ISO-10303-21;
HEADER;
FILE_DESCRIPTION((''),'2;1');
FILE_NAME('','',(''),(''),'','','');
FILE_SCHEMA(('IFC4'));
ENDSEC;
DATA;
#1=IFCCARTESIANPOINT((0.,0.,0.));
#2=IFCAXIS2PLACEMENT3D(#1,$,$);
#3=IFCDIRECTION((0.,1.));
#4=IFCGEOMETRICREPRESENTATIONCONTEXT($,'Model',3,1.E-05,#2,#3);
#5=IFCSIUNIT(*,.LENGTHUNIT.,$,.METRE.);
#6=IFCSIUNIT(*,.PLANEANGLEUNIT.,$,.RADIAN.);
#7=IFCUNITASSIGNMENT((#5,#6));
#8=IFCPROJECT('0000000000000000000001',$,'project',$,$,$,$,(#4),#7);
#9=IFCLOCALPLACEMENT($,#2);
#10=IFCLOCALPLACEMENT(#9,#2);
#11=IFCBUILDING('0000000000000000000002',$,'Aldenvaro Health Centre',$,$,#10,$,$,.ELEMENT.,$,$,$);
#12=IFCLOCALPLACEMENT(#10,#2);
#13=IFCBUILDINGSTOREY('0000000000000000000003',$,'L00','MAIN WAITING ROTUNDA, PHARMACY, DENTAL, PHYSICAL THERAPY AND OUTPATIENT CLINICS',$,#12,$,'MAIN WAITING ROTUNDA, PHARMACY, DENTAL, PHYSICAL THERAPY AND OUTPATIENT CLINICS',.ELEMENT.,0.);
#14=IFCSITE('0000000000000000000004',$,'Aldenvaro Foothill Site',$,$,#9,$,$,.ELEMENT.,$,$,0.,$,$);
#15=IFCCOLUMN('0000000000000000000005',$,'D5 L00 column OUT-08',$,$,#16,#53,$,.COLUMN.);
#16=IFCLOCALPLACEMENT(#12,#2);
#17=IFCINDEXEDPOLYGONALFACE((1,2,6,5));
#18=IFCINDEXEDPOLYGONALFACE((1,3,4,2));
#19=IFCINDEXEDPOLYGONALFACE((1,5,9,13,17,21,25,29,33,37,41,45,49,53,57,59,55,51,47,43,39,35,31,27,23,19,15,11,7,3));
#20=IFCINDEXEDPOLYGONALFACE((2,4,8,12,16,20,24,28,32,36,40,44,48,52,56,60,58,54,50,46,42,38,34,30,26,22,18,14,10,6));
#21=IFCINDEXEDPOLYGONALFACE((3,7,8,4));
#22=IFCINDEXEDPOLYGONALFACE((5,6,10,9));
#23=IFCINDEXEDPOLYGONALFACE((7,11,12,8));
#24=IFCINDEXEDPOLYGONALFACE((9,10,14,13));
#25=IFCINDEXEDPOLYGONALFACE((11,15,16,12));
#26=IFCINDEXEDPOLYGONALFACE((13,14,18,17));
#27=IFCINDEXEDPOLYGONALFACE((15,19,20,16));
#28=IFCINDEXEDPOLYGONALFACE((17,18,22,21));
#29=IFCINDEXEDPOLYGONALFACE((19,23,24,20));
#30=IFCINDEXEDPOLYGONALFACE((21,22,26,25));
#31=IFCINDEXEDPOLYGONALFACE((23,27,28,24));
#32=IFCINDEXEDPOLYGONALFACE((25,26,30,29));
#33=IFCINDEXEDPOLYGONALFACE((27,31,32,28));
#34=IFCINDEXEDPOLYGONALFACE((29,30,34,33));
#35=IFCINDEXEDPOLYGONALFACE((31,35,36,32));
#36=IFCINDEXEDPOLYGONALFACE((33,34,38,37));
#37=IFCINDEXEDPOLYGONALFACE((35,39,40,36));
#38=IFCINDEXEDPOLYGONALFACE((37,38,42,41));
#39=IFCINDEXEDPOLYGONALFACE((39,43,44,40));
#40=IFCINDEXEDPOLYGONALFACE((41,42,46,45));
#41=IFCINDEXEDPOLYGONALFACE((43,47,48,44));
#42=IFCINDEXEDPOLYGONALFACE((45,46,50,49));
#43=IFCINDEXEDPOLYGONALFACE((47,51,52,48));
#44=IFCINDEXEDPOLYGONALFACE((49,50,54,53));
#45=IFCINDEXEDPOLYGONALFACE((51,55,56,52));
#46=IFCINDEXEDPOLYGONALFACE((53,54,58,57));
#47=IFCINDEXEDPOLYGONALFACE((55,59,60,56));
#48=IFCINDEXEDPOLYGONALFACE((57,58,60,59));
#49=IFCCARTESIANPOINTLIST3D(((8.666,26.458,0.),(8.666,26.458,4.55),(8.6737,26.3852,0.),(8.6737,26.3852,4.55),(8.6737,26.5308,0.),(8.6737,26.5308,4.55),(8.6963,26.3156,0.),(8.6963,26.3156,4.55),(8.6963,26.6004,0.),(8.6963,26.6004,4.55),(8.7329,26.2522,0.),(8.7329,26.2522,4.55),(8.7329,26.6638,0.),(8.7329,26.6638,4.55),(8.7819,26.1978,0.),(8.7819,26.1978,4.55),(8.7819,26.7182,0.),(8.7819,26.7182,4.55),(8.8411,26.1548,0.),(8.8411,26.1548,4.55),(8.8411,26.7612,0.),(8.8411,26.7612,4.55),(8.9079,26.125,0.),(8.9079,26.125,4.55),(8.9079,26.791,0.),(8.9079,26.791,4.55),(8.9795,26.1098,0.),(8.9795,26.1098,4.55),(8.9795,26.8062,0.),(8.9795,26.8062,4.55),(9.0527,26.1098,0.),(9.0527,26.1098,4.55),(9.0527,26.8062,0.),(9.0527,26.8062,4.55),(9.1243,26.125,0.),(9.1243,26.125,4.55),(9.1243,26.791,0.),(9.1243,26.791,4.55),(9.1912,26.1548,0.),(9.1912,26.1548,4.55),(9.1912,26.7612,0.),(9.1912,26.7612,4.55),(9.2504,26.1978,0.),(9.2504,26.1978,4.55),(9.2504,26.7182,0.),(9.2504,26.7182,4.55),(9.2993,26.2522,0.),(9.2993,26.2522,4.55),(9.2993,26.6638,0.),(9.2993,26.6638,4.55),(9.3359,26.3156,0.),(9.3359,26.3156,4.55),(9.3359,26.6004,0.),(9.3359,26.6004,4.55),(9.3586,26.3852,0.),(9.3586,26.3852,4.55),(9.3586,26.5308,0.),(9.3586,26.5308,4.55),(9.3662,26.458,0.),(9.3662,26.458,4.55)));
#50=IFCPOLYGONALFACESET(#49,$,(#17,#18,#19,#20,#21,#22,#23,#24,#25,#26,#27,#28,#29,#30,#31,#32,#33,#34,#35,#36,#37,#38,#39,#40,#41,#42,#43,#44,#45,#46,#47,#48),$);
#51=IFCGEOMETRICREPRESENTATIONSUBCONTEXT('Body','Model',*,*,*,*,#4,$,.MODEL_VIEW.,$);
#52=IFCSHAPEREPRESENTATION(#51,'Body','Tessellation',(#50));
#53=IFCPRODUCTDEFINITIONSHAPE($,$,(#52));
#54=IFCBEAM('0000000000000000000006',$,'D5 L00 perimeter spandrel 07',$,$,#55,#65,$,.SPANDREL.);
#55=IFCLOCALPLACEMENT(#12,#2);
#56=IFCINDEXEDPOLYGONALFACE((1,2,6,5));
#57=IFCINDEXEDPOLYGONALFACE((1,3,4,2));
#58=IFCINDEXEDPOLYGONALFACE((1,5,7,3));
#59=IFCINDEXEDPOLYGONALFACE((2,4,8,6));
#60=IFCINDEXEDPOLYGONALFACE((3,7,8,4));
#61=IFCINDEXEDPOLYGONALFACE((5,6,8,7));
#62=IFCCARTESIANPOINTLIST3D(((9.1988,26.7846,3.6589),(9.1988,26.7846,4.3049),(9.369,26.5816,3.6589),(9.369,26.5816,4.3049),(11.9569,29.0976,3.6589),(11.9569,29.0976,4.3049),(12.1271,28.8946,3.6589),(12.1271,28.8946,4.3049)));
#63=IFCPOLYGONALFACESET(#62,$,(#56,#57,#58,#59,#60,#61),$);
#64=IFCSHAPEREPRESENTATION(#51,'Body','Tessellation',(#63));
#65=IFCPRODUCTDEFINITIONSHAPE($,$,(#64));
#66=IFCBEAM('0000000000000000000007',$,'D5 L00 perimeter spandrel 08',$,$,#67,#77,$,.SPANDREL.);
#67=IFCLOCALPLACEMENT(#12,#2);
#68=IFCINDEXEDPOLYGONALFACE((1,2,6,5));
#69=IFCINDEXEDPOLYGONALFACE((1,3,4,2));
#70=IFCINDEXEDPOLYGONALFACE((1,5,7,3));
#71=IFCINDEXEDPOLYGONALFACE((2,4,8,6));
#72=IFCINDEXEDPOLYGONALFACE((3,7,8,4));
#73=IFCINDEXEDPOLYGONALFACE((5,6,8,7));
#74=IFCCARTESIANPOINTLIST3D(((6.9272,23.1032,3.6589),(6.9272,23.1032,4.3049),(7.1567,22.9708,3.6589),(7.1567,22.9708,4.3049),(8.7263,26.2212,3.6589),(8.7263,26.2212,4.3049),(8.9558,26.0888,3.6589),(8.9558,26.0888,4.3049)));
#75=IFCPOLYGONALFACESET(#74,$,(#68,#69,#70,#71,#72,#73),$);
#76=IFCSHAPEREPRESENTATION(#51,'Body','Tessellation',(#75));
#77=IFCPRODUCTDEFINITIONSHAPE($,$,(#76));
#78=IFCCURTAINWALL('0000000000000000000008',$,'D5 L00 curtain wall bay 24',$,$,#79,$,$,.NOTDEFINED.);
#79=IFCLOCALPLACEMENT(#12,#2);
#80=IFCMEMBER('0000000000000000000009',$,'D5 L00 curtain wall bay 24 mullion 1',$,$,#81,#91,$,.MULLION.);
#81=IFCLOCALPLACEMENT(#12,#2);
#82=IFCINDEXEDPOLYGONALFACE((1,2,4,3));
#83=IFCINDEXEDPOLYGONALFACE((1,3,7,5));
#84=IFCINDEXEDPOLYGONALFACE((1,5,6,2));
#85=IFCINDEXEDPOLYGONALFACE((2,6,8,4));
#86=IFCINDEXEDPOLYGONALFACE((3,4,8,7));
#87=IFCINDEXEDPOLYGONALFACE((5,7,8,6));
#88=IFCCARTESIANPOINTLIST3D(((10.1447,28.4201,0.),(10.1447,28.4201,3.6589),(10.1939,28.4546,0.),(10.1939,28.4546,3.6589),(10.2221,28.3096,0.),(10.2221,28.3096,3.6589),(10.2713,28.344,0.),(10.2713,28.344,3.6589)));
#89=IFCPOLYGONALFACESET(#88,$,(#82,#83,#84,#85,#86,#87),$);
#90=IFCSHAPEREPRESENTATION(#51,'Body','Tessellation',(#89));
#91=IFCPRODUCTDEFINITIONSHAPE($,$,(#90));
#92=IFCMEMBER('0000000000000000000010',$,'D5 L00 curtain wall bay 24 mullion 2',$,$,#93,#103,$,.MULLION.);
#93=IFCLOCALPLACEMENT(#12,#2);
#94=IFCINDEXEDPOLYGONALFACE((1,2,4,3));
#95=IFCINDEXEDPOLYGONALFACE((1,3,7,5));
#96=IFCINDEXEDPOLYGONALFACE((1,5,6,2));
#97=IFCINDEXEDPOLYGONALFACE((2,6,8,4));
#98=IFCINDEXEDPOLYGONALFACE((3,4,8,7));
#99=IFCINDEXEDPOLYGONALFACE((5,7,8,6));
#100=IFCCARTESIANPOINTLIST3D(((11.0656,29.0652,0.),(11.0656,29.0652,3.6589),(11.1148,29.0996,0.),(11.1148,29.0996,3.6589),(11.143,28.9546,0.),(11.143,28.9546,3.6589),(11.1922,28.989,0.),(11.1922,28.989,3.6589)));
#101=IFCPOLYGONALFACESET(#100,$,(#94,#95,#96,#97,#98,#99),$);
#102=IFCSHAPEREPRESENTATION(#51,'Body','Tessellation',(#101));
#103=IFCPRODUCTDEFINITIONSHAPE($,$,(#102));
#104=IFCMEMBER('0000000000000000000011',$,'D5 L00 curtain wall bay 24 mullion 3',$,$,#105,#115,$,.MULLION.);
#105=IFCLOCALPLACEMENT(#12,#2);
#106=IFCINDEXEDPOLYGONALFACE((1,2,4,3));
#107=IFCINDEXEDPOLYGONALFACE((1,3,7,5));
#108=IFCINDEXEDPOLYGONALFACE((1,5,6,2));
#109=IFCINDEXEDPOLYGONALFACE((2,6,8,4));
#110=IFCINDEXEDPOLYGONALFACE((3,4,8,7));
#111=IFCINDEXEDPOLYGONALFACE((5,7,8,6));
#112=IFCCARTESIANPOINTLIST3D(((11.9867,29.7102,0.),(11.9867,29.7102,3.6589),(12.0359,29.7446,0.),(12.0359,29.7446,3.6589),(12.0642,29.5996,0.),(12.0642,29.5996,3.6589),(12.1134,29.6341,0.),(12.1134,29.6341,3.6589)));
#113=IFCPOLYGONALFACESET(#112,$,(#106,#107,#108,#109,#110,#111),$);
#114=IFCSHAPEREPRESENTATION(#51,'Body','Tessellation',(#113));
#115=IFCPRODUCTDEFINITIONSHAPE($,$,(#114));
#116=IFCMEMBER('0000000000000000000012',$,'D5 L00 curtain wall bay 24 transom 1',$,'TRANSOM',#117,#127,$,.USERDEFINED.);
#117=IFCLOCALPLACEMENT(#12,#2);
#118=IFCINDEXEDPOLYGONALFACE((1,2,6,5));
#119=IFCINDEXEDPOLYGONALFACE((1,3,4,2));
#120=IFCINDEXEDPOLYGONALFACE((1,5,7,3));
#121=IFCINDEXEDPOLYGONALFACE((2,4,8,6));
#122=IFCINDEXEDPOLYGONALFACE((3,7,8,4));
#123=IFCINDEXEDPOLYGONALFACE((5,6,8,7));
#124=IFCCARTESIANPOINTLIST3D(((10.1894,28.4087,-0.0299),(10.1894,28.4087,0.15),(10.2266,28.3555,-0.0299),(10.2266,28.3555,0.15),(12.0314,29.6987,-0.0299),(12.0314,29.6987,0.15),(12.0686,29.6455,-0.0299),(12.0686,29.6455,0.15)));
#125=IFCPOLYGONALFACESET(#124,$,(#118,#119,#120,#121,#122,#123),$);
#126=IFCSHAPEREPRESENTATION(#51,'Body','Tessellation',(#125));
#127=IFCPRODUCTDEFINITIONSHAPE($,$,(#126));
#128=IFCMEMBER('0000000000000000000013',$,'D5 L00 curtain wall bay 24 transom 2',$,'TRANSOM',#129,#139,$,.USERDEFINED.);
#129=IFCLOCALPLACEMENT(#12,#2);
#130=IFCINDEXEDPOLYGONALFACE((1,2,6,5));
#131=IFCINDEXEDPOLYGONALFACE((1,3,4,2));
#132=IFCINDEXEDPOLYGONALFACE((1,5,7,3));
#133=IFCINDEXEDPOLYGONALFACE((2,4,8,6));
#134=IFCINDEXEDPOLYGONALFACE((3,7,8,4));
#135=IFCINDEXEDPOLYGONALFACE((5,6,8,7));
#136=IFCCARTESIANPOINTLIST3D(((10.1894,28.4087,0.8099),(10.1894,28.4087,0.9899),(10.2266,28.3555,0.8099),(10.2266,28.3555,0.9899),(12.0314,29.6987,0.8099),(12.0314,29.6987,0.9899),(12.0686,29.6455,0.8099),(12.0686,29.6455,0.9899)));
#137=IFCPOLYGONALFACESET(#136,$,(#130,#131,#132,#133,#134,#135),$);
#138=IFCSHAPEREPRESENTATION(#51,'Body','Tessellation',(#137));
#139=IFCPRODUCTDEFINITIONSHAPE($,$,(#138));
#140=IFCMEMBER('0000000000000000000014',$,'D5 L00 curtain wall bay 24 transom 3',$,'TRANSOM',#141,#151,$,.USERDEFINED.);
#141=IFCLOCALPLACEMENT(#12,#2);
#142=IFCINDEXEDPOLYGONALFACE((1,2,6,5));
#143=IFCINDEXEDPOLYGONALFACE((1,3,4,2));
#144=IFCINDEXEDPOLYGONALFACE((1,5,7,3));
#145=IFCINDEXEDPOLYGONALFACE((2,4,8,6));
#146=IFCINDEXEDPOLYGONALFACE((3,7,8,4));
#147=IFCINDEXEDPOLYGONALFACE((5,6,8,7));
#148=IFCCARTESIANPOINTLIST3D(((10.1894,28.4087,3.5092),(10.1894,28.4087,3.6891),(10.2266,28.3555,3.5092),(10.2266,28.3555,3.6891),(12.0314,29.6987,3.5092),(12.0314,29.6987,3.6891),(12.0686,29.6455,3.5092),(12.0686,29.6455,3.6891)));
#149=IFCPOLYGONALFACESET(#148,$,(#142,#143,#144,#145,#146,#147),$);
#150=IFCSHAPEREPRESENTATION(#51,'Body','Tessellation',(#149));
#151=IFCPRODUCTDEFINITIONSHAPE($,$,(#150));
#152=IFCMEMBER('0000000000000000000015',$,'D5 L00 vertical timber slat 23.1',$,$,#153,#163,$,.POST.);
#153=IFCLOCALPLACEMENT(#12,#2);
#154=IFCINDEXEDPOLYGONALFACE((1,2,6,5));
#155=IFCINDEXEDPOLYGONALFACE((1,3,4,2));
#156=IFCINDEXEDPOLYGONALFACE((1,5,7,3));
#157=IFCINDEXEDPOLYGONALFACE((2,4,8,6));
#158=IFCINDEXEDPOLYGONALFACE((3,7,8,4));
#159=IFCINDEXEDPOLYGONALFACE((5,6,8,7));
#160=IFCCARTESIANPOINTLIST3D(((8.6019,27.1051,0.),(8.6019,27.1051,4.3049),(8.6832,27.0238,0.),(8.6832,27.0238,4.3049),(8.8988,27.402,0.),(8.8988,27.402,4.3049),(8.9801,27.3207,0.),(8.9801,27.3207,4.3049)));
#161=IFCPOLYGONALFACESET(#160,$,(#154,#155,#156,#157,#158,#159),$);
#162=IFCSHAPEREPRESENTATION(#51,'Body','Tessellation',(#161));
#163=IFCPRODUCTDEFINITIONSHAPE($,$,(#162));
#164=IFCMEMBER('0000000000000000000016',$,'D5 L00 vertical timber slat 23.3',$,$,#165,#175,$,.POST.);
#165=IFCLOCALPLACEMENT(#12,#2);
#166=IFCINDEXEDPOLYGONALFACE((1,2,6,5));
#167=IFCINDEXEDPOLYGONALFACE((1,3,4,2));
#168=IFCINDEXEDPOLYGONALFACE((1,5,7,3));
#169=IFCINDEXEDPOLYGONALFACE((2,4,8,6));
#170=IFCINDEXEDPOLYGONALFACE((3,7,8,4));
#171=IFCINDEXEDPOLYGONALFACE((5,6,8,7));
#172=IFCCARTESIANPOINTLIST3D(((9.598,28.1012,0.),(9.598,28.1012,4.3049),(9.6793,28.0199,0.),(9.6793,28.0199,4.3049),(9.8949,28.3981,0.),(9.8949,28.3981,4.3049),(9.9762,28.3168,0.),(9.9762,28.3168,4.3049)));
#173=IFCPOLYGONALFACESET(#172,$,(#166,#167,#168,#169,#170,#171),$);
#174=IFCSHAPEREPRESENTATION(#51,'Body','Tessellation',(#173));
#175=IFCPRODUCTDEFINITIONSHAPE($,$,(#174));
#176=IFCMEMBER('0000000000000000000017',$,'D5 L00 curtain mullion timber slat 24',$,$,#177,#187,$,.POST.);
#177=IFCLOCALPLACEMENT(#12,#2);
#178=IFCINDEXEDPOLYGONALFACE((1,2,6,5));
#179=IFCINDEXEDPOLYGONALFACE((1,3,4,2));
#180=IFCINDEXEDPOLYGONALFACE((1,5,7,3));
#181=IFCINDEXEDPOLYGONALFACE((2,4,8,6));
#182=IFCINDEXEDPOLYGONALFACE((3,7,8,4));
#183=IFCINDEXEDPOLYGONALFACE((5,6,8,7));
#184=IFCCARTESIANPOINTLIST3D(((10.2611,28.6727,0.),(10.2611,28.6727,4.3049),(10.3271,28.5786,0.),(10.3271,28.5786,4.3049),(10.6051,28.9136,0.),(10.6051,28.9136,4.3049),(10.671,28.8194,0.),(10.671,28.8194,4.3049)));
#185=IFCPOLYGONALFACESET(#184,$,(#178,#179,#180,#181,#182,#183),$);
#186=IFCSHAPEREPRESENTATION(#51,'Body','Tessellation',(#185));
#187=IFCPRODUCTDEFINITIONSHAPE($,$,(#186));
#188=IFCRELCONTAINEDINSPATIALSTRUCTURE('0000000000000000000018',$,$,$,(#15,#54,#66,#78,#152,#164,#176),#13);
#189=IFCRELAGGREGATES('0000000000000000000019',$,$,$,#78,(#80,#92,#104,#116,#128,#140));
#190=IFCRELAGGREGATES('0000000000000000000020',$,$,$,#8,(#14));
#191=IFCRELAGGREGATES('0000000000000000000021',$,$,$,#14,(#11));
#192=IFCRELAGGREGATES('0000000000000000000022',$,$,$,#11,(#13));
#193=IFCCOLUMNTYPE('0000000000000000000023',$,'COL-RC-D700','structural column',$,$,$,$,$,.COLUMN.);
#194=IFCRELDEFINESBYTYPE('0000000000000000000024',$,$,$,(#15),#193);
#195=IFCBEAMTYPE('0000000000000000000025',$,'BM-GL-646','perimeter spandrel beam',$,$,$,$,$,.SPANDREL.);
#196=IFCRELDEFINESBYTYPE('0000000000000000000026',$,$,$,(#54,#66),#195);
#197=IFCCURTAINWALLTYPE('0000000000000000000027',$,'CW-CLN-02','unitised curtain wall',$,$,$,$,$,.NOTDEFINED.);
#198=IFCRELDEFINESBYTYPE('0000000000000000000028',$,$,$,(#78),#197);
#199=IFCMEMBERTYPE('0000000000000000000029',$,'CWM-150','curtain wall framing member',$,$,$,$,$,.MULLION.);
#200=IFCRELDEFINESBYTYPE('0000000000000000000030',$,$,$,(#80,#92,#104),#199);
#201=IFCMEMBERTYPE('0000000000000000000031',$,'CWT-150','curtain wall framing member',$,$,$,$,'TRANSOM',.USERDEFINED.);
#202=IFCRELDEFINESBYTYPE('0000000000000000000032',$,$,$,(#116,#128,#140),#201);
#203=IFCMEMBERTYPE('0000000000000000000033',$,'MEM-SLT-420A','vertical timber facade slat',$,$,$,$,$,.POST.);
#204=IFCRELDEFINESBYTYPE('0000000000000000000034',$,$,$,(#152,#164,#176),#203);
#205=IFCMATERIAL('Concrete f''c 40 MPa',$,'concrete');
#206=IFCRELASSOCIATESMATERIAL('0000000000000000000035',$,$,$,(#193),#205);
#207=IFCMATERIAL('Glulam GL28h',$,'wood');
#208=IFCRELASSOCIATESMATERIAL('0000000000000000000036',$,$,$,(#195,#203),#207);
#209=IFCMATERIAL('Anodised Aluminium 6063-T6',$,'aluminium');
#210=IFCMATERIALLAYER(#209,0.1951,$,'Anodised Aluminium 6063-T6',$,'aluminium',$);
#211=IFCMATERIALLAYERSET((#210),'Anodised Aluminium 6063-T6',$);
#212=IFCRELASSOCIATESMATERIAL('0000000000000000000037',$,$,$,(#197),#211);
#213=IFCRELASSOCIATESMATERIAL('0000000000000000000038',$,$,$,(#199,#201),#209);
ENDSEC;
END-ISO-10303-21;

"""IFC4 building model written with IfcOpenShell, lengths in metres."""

from ifc_helpers import new_model, si_unit, direction, frame, origin, origin_2d, place, context, subcontext, project, spatial, rectangle, circle, extrude, material, layer, layer_set, material_profile, profile_set, type_object, element, aggregate, save


model = new_model("IFC4")

# Units and contexts
model_context = context("Model", 3, precision=1e-05, world=origin(), true_north=direction((0.0, 1.0)))
body_context = subcontext(model_context, "Body", "Model", "MODEL_VIEW")
ifc_project = project(units=[si_unit("LENGTHUNIT", "METRE"), si_unit("PLANEANGLEUNIT", "RADIAN")], contexts=[model_context])

# Site, building, storey
site_placement = place(None, origin())
site = spatial("IfcSite", under=ifc_project, at=site_placement, Name="Aldenvaro Foothill Site", CompositionType="ELEMENT", RefElevation=0.0)
building_placement = place(site_placement, origin())
building = spatial("IfcBuilding", under=site, at=building_placement, Name="Aldenvaro Health Centre", CompositionType="ELEMENT")
storey_placement = place(building_placement, origin())
storey = spatial("IfcBuildingStorey", under=building, at=storey_placement, Name="L00", Description="MAIN WAITING ROTUNDA, PHARMACY, DENTAL, PHYSICAL THERAPY AND OUTPATIENT CLINICS", LongName="MAIN WAITING ROTUNDA, PHARMACY, DENTAL, PHYSICAL THERAPY AND OUTPATIENT CLINICS", CompositionType="ELEMENT", Elevation=0.0)

# Column
ifc_material_1 = material(Name="Concrete f'c 40 MPa", Category="concrete")
ifc_material_profile_1 = material_profile(ifc_material_1, circle(Radius=0.3501, at=origin_2d()), Name="RC D700", Category="concrete")
ifc_profile_set_1 = profile_set([ifc_material_profile_1], Name="Concrete f'c 40 MPa")
column_type = type_object("IfcColumnType", Name="COL-RC-D700", Description="structural column", PredefinedType="COLUMN", material=ifc_profile_set_1)
column_placement = place(storey_placement, frame((9.0161, 26.458, 0.0), z_axis=(0.0, 0.0, 1.0), x_axis=(1.0, 0.0, 0.0)))
element("IfcColumn", 1, at=column_placement, inside=storey, type_object=column_type, Name="D5 L00 column OUT-08", PredefinedType="COLUMN", context=body_context, shape_type="SweptSolid", body=[
    extrude(circle(Radius=0.3501, at=origin_2d()), origin(), (0.0, 0.0, 1.0), 4.55),
])

# Beams
ifc_material_2 = material(Name="Glulam GL28h", Category="wood")
ifc_material_profile_2 = material_profile(ifc_material_2, rectangle(XDim=0.2649, YDim=0.646, at=origin_2d()), Name="GL 265x646", Category="wood")
ifc_profile_set_2 = profile_set([ifc_material_profile_2], Name="Glulam GL28h")
beam_type = type_object("IfcBeamType", Name="BM-GL-646", Description="perimeter spandrel beam", PredefinedType="SPANDREL", material=ifc_profile_set_2)
beam_1_placement = place(storey_placement, frame((12.042, 28.9961, 3.9819), z_axis=(-0.766222, -0.642576, 0.0), x_axis=(0.642576, -0.766222, 0.0)))
element("IfcBeam", 2, at=beam_1_placement, inside=storey, type_object=beam_type, Name="D5 L00 perimeter spandrel 07", PredefinedType="SPANDREL", context=body_context, shape_type="SweptSolid", body=[
    extrude(rectangle(XDim=0.2649, YDim=0.646, at=origin_2d()), origin(), (0.0, 0.0, 1.0), 3.5996),
])
beam_2_placement = place(storey_placement, frame((8.8411, 26.155, 3.9819), z_axis=(-0.499779, -0.866153, 0.0), x_axis=(0.866153, -0.499779, 0.0)))
element("IfcBeam", 3, at=beam_2_placement, inside=storey, type_object=beam_type, Name="D5 L00 perimeter spandrel 08", PredefinedType="SPANDREL", context=body_context, shape_type="SweptSolid", body=[
    extrude(rectangle(XDim=0.2649, YDim=0.646, at=origin_2d()), origin(), (0.0, 0.0, 1.0), 3.5999),
])

# Curtain wall, members
ifc_material_3 = material(Name="Anodised Aluminium 6063-T6", Category="aluminium")
ifc_layer_1 = layer(ifc_material_3, 0.1951, Name="Anodised Aluminium 6063-T6", Category="aluminium")
ifc_layer_set_1 = layer_set([ifc_layer_1], Name="Anodised Aluminium 6063-T6")
curtain_wall_type = type_object("IfcCurtainWallType", Name="CW-CLN-02", Description="unitised curtain wall", PredefinedType="NOTDEFINED", material=ifc_layer_set_1)
curtain_wall_placement = place(storey_placement, origin())
curtain_wall = element("IfcCurtainWall", 4, at=curtain_wall_placement, inside=storey, type_object=curtain_wall_type, Name="D5 L00 curtain wall bay 24", PredefinedType="NOTDEFINED")
ifc_material_profile_3 = material_profile(ifc_material_3, rectangle(XDim=0.0601, YDim=0.135, at=origin_2d()), Name="ALU 60x135", Category="aluminium")
ifc_profile_set_3 = profile_set([ifc_material_profile_3], Name="Anodised Aluminium 6063-T6")
member_type_1 = type_object("IfcMemberType", Name="CWM-150", Description="curtain wall framing member", PredefinedType="MULLION", material=ifc_profile_set_3)
member_1_placement = place(storey_placement, frame((10.208, 28.3821, 0.0), z_axis=(0.0, 0.0, 1.0), x_axis=(0.819107, 0.573641, 0.0)))
member_1 = element("IfcMember", 5, at=member_1_placement, type_object=member_type_1, Name="D5 L00 curtain wall bay 24 mullion 1", PredefinedType="MULLION", context=body_context, shape_type="SweptSolid", body=[
    extrude(rectangle(XDim=0.0601, YDim=0.135, at=origin_2d()), origin(), (0.0, 0.0, 1.0), 3.6589),
])
member_2_placement = place(storey_placement, frame((11.1289, 29.0271, 0.0), z_axis=(0.0, 0.0, 1.0), x_axis=(0.819107, 0.573641, 0.0)))
member_2 = element("IfcMember", 6, at=member_2_placement, type_object=member_type_1, Name="D5 L00 curtain wall bay 24 mullion 2", PredefinedType="MULLION", context=body_context, shape_type="SweptSolid", body=[
    extrude(rectangle(XDim=0.0601, YDim=0.135, at=origin_2d()), origin(), (0.0, 0.0, 1.0), 3.6589),
])
member_3_placement = place(storey_placement, frame((12.05, 29.6721, 0.0), z_axis=(0.0, 0.0, 1.0), x_axis=(0.819107, 0.573641, 0.0)))
member_3 = element("IfcMember", 7, at=member_3_placement, type_object=member_type_1, Name="D5 L00 curtain wall bay 24 mullion 3", PredefinedType="MULLION", context=body_context, shape_type="SweptSolid", body=[
    extrude(rectangle(XDim=0.0601, YDim=0.135, at=origin_2d()), origin(), (0.0, 0.0, 1.0), 3.6589),
])
ifc_material_profile_4 = material_profile(ifc_material_3, rectangle(XDim=0.0649, YDim=0.1799, at=origin_2d()), Name="ALU 65x180", Category="aluminium")
ifc_profile_set_4 = profile_set([ifc_material_profile_4], Name="Anodised Aluminium 6063-T6")
member_type_2 = type_object("IfcMemberType", Name="CWT-150", Description="curtain wall framing member", ElementType="TRANSOM", PredefinedType="USERDEFINED", material=ifc_profile_set_4)
member_4_placement = place(storey_placement, frame((10.208, 28.3821, 0.0601), z_axis=(0.819104, 0.573644, 0.0), x_axis=(-0.573644, 0.819104, 0.0)))
member_4 = element("IfcMember", 8, at=member_4_placement, type_object=member_type_2, Name="D5 L00 curtain wall bay 24 transom 1", ObjectType="TRANSOM", PredefinedType="USERDEFINED", context=body_context, shape_type="SweptSolid", body=[
    extrude(rectangle(XDim=0.0649, YDim=0.1799, at=origin_2d()), origin(), (0.0, 0.0, 1.0), 2.2488),
])
member_5_placement = place(storey_placement, frame((10.208, 28.3821, 0.8999), z_axis=(0.819104, 0.573644, 0.0), x_axis=(-0.573644, 0.819104, 0.0)))
member_5 = element("IfcMember", 9, at=member_5_placement, type_object=member_type_2, Name="D5 L00 curtain wall bay 24 transom 2", ObjectType="TRANSOM", PredefinedType="USERDEFINED", context=body_context, shape_type="SweptSolid", body=[
    extrude(rectangle(XDim=0.0649, YDim=0.1799, at=origin_2d()), origin(), (0.0, 0.0, 1.0), 2.2488),
])
member_6_placement = place(storey_placement, frame((10.208, 28.3821, 3.5991), z_axis=(0.819104, 0.573644, 0.0), x_axis=(-0.573644, 0.819104, 0.0)))
member_6 = element("IfcMember", 10, at=member_6_placement, type_object=member_type_2, Name="D5 L00 curtain wall bay 24 transom 3", ObjectType="TRANSOM", PredefinedType="USERDEFINED", context=body_context, shape_type="SweptSolid", body=[
    extrude(rectangle(XDim=0.0649, YDim=0.1799, at=origin_2d()), origin(), (0.0, 0.0, 1.0), 2.2488),
])

# Members
ifc_material_profile_5 = material_profile(ifc_material_2, rectangle(XDim=0.115, YDim=0.4199, at=origin_2d()), Name="GL 115x420", Category="wood")
ifc_profile_set_5 = profile_set([ifc_material_profile_5], Name="Glulam GL28h")
member_type_3 = type_object("IfcMemberType", Name="MEM-SLT-420A", Description="vertical timber facade slat", PredefinedType="POST", material=ifc_profile_set_5)
for number, where, z_axis, x_axis, name in (
    (11, (8.791, 27.2129, 0.0), (0.0, 0.0, 1.0), (-0.707107, 0.707107, 0.0), "D5 L00 vertical timber slat 23.1"),
    (12, (9.7871, 28.209, 0.0), (0.0, 0.0, 1.0), (-0.707107, 0.707107, 0.0), "D5 L00 vertical timber slat 23.3"),
    (13, (10.4661, 28.7461, 0.0), (0.0, 0.0, 1.0), (-0.573641, 0.819107, 0.0), "D5 L00 curtain mullion timber slat 24"),
):
    element("IfcMember", number, at=place(storey_placement, frame(where, z_axis=z_axis, x_axis=x_axis)), inside=storey, type_object=member_type_3, Name=name, PredefinedType="POST", context=body_context, shape_type="SweptSolid", body=[
        extrude(rectangle(XDim=0.115, YDim=0.4199, at=origin_2d()), origin(), (0.0, 0.0, 1.0), 4.3049),
    ])

aggregate(curtain_wall, [member_1, member_2, member_3, member_4, member_5, member_6])

save(model, "model.ifc")
